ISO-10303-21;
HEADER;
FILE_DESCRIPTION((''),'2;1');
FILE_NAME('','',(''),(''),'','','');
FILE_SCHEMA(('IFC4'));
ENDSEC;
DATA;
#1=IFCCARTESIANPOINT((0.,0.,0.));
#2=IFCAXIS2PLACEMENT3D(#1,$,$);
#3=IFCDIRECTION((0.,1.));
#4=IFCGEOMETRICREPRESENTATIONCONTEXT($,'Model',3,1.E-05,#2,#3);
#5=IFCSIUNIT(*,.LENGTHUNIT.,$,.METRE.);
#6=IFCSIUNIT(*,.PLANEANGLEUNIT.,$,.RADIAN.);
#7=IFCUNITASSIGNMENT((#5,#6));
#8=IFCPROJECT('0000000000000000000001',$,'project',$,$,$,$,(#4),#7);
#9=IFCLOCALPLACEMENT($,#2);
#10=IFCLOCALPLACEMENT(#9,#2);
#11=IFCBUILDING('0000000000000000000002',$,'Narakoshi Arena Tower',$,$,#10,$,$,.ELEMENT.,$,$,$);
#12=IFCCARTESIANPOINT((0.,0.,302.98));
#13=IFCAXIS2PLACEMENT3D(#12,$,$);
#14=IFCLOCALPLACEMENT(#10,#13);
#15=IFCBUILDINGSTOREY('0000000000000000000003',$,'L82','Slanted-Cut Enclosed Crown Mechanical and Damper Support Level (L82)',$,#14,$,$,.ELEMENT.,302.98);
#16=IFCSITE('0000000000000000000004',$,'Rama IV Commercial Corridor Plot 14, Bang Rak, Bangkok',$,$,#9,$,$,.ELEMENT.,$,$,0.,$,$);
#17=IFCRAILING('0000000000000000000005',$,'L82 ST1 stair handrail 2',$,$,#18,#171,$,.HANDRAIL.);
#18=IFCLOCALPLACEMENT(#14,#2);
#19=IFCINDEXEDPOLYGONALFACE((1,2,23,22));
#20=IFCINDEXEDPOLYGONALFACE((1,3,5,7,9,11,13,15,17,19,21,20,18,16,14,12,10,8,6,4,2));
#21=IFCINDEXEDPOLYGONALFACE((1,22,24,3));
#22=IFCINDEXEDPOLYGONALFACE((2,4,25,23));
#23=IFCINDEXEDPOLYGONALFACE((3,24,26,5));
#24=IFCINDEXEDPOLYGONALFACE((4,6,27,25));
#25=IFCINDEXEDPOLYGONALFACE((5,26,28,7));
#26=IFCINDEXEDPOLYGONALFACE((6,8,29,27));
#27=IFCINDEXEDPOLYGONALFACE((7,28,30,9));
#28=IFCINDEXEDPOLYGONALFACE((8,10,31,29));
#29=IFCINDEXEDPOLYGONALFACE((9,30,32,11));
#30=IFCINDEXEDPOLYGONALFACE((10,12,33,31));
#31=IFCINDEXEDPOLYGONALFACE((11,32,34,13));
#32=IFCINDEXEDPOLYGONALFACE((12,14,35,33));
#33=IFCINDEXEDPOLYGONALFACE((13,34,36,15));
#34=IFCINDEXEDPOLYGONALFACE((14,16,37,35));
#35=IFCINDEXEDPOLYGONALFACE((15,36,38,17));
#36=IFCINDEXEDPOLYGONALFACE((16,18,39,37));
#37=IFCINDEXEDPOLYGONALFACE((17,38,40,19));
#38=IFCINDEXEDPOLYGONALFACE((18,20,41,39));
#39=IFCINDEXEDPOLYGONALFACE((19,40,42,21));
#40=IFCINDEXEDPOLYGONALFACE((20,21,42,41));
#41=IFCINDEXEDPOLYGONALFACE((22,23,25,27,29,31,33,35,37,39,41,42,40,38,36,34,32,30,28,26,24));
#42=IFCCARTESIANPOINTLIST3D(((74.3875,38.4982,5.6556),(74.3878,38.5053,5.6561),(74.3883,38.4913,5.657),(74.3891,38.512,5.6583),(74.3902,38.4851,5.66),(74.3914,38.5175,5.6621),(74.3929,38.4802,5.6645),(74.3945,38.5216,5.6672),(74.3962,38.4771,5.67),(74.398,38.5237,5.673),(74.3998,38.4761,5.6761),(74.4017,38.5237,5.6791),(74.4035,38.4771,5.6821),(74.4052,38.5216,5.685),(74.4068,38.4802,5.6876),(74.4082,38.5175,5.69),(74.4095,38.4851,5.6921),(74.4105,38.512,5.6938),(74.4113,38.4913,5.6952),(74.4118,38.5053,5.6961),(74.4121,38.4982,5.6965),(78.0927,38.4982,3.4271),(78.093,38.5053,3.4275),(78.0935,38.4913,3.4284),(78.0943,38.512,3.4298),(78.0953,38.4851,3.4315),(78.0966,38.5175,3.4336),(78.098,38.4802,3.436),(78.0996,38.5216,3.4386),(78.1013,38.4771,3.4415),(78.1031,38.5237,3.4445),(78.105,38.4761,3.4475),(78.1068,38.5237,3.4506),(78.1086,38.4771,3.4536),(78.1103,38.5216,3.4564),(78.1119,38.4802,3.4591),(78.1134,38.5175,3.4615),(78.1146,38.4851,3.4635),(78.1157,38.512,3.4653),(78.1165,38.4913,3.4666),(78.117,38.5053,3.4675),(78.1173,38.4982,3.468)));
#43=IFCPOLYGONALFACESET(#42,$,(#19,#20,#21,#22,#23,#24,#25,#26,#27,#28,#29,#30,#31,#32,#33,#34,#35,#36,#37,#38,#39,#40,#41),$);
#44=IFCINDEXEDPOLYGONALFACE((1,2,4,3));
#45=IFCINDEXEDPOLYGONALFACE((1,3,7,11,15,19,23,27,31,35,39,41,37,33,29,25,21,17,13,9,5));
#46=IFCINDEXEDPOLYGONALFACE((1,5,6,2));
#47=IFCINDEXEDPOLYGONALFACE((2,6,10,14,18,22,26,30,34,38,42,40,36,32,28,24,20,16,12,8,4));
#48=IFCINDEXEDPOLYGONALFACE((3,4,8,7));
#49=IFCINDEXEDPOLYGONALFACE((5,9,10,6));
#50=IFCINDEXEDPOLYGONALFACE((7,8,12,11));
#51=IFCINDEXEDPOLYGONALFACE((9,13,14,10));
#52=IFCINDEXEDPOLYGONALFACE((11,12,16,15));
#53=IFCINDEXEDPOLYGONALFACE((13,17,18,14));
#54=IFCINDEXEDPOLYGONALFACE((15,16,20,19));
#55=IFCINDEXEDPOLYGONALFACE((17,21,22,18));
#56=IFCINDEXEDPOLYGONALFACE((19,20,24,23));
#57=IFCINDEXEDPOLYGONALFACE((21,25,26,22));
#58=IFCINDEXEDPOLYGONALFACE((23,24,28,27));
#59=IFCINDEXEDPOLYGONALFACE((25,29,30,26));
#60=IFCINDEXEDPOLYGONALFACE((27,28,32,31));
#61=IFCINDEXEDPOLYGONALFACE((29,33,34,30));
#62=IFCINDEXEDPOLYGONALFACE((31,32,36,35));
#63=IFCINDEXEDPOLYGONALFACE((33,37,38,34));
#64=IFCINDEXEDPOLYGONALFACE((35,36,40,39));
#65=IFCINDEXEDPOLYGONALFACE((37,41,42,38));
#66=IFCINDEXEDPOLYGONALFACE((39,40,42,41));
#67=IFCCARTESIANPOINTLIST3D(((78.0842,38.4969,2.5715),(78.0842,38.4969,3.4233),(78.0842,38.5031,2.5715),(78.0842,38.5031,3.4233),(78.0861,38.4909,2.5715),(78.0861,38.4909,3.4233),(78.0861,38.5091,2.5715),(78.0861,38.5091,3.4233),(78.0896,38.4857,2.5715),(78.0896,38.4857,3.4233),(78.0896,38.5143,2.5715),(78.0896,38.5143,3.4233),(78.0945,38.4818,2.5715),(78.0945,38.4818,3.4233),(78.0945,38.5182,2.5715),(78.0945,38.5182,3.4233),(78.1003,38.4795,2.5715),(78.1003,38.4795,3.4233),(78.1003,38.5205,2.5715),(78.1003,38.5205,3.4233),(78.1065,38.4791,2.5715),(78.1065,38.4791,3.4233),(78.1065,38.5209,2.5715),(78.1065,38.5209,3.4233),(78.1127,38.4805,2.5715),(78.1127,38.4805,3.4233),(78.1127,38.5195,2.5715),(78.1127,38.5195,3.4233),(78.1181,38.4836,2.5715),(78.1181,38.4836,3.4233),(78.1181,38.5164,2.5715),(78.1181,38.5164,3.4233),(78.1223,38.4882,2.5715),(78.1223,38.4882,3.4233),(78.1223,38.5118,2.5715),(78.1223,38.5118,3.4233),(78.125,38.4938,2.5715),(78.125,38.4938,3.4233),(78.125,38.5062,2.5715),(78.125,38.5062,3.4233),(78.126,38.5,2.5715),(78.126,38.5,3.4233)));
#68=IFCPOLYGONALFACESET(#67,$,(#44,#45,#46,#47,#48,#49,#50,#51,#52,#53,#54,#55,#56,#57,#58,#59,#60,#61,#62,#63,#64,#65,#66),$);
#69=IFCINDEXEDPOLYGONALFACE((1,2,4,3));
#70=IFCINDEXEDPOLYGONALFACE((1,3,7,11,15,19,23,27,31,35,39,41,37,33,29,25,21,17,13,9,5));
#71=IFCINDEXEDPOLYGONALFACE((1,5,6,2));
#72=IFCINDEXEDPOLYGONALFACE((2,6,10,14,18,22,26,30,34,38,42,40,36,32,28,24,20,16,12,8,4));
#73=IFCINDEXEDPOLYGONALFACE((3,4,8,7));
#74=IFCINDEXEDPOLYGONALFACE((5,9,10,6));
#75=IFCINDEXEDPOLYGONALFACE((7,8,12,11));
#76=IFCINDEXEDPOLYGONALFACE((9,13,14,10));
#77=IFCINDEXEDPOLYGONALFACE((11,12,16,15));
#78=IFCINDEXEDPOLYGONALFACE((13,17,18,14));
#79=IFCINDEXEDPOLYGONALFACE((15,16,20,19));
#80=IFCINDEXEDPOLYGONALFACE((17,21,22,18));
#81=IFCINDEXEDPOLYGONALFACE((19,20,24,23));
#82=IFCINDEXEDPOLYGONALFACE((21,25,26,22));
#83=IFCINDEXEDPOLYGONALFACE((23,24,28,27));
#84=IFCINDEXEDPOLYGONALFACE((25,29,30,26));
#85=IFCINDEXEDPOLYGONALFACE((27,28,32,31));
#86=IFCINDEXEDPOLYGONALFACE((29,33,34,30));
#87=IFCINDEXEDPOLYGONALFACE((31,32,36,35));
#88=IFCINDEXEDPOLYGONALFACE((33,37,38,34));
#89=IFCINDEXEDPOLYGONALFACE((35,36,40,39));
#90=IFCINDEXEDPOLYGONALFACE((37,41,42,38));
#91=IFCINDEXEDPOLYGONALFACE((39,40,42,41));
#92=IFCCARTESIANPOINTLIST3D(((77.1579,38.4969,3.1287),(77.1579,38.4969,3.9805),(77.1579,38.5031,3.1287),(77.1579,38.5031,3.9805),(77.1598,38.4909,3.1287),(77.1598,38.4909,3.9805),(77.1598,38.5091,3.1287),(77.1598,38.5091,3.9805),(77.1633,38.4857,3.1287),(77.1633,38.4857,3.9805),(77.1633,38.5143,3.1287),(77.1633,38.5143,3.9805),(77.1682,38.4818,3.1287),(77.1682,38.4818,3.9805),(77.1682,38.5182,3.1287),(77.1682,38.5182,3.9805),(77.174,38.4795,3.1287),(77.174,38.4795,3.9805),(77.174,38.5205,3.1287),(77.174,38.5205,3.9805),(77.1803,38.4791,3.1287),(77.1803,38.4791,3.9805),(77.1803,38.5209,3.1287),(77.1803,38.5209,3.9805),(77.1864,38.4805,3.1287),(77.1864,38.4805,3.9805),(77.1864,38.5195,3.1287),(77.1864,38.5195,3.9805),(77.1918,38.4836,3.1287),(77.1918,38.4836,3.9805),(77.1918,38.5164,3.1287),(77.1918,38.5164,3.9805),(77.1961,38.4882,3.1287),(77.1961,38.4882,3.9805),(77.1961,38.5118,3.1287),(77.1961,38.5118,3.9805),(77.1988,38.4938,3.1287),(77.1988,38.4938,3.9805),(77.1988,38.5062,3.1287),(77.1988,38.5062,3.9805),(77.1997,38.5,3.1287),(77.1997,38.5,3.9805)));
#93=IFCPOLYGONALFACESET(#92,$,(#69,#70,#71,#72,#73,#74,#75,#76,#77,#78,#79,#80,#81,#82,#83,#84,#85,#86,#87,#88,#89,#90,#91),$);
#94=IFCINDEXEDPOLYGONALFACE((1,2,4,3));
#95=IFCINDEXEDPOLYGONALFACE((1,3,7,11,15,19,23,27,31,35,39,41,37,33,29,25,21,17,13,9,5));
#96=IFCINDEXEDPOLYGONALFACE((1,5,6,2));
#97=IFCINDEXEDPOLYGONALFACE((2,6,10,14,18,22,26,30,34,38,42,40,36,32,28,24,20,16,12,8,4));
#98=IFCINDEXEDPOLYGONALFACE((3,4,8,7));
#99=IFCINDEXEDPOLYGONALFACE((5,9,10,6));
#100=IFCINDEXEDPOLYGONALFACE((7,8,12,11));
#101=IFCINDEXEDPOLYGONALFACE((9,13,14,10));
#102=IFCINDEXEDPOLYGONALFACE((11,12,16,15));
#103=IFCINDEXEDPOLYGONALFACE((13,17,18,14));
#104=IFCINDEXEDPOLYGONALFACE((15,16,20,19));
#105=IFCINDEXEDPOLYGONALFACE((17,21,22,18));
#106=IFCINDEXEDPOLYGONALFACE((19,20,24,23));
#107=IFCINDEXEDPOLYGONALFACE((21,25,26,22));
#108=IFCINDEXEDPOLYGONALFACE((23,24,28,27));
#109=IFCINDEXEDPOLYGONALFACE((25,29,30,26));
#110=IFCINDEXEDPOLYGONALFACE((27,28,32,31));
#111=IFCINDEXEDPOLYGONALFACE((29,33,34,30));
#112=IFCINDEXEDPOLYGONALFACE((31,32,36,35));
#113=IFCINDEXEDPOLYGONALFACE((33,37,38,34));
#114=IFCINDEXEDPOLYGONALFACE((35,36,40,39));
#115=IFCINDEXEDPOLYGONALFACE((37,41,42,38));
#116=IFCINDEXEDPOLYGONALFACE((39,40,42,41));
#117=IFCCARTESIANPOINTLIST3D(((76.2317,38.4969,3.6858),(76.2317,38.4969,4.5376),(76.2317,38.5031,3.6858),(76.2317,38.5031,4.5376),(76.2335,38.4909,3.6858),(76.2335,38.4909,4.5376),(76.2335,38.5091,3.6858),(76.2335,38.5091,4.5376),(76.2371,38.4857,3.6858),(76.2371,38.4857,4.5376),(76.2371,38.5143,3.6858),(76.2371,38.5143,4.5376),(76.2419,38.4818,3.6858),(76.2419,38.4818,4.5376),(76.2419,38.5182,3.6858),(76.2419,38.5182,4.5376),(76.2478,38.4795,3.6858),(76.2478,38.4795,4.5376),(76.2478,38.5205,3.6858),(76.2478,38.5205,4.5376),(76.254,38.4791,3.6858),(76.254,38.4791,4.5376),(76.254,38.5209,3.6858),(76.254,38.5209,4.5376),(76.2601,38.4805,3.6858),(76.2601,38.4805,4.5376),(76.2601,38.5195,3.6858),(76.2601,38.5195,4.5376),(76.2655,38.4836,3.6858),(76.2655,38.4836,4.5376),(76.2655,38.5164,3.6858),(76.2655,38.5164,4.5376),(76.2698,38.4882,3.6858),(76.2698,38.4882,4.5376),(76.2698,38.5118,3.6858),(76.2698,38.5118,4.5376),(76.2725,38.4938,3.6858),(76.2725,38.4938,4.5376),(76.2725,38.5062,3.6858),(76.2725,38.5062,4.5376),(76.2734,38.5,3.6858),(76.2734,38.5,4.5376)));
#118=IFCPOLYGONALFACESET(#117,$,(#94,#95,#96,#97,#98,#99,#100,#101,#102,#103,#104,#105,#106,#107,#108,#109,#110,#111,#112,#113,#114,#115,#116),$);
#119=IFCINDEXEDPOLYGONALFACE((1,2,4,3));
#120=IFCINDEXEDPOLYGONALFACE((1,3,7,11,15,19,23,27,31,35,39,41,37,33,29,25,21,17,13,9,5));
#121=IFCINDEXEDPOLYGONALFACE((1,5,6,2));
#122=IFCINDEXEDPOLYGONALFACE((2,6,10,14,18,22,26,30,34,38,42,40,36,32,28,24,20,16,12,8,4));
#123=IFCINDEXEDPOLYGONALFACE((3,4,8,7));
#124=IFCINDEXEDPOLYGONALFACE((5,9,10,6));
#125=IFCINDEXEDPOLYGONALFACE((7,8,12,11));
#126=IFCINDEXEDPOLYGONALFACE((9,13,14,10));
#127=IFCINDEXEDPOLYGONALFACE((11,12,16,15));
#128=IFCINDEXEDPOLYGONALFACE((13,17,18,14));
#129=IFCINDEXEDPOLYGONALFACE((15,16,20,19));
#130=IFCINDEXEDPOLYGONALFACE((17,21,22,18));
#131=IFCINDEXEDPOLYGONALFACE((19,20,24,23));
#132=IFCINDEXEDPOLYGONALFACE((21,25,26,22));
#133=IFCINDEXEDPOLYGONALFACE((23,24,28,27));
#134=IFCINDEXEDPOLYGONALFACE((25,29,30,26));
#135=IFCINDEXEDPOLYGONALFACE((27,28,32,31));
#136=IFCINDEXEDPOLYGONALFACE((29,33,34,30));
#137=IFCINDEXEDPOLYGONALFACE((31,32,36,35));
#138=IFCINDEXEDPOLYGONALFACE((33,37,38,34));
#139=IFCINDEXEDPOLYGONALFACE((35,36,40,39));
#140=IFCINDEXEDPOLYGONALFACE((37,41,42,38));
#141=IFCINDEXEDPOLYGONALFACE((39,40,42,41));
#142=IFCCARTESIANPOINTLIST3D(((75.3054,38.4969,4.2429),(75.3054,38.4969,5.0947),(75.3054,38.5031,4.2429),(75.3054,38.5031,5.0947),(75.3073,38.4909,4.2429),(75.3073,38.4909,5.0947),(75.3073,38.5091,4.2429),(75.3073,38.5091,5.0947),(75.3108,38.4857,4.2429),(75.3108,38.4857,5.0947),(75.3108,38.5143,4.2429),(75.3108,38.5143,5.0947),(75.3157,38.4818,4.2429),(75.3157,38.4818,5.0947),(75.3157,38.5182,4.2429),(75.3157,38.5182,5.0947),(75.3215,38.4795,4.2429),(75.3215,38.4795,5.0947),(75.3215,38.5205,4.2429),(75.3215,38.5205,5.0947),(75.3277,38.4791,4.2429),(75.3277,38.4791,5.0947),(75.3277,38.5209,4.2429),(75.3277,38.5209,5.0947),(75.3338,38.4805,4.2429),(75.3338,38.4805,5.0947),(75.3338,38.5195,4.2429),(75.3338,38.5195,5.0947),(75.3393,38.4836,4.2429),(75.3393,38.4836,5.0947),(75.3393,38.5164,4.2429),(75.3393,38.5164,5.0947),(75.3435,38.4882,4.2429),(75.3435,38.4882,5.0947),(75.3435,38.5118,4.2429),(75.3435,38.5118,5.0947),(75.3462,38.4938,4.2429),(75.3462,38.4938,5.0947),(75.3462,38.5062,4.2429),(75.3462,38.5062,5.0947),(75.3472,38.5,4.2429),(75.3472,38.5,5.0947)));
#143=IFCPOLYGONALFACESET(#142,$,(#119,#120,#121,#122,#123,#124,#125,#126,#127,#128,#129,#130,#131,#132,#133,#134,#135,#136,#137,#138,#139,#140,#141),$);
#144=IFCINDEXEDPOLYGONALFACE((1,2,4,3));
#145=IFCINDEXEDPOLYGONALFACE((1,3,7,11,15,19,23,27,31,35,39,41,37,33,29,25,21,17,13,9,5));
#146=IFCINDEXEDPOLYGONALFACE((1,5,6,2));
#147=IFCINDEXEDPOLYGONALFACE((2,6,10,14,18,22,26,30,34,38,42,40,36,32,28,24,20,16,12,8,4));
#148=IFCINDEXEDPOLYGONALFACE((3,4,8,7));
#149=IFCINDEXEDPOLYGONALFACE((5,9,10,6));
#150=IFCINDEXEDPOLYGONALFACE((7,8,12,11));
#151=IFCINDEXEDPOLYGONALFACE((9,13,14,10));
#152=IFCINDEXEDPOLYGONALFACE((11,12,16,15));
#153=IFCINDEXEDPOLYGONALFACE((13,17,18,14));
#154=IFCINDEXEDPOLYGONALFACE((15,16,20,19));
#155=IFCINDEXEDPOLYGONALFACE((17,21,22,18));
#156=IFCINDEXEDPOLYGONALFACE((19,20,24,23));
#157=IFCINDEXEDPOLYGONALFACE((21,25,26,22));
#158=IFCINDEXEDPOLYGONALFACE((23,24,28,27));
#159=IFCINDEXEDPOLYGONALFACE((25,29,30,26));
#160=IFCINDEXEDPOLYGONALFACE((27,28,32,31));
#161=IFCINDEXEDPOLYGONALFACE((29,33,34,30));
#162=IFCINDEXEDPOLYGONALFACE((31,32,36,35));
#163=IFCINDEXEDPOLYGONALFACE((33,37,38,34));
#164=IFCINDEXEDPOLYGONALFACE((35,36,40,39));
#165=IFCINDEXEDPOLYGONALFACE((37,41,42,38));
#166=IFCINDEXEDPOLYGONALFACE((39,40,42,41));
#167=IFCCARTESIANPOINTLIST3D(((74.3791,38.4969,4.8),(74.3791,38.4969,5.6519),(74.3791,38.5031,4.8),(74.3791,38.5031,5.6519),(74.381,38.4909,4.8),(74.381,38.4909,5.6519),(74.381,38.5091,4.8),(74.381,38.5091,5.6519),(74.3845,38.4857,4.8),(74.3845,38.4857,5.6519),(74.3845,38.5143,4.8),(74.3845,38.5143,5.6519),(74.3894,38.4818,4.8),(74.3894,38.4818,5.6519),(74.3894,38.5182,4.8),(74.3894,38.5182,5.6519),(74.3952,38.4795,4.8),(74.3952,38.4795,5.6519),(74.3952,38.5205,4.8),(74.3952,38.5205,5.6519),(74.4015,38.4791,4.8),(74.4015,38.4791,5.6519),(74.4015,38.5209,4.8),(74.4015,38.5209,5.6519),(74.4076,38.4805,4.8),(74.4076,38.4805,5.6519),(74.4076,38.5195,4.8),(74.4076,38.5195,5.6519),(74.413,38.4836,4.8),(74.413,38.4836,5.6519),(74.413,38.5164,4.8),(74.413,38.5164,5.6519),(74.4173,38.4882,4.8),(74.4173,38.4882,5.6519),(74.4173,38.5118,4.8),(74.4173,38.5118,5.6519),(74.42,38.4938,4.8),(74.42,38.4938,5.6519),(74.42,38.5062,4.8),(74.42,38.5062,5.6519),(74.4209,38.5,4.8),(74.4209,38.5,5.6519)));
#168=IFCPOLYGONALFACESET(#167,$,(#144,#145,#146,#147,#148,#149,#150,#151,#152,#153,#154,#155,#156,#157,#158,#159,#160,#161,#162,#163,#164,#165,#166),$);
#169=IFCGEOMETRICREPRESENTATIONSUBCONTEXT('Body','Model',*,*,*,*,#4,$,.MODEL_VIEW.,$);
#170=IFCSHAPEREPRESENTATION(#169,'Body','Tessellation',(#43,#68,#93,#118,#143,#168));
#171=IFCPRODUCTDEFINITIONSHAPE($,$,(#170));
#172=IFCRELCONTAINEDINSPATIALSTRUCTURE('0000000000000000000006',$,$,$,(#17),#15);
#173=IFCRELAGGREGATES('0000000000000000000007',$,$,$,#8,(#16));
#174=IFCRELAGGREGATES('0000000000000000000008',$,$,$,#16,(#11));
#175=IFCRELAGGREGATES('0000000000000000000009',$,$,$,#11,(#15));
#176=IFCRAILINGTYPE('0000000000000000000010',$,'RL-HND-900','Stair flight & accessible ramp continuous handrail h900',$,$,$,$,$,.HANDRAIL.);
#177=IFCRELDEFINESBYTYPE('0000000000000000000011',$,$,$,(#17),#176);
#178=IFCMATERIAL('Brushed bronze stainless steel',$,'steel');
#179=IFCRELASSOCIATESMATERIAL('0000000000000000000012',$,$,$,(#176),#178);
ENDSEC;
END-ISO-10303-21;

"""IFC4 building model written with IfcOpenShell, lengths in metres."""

from ifc_helpers import new_model, si_unit, direction, frame, origin, origin_2d, place, context, subcontext, project, spatial, circle, extrude, material, type_object, element, save


model = new_model("IFC4")

# Units and contexts
model_context = context("Model", 3, precision=1e-05, world=origin(), true_north=direction((0.0, 1.0)))
body_context = subcontext(model_context, "Body", "Model", "MODEL_VIEW")
ifc_project = project(units=[si_unit("LENGTHUNIT", "METRE"), si_unit("PLANEANGLEUNIT", "RADIAN")], contexts=[model_context])

# Site, building, storey
site_placement = place(None, origin())
site = spatial("IfcSite", under=ifc_project, at=site_placement, Name="Rama IV Commercial Corridor Plot 14, Bang Rak, Bangkok", CompositionType="ELEMENT", RefElevation=0.0)
building_placement = place(site_placement, origin())
building = spatial("IfcBuilding", under=site, at=building_placement, Name="Narakoshi Arena Tower", CompositionType="ELEMENT")
storey_placement = place(building_placement, frame((0.0, 0.0, 302.98)))
storey = spatial("IfcBuildingStorey", under=building, at=storey_placement, Name="L82", Description="Slanted-Cut Enclosed Crown Mechanical and Damper Support Level (L82)", CompositionType="ELEMENT", Elevation=302.98)

# Railing
ifc_material_1 = material(Name="Brushed bronze stainless steel", Category="steel")
railing_type_1 = type_object("IfcRailingType", Name="RL-HND-900", Description="Stair flight & accessible ramp continuous handrail h900", PredefinedType="HANDRAIL", material=ifc_material_1)
railing_1_placement = place(storey_placement, frame((78.105, 38.5, 2.5715)))
element("IfcRailing", 1, at=railing_1_placement, inside=storey, type_object=railing_type_1, Name="L82 ST1 stair handrail 2", PredefinedType="HANDRAIL", context=body_context, shape_type="SweptSolid", body=[
    extrude(circle(Radius=0.0239, at=origin_2d()), frame((0.0, 0.0, 0.876), z_axis=(-0.856934, 0.0, 0.515425), x_axis=(0.0, -1.0, 0.0)), (0.0, 0.0, 1.0), 4.3237),
    extrude(circle(Radius=0.021, at=origin_2d()), origin(), (0.0, 0.0, 1.0), 0.8518),
    extrude(circle(Radius=0.021, at=origin_2d()), frame((-0.9263, 0.0, 0.5571)), (0.0, 0.0, 1.0), 0.8518),
    extrude(circle(Radius=0.021, at=origin_2d()), frame((-1.8525, 0.0, 1.1143)), (0.0, 0.0, 1.0), 0.8518),
    extrude(circle(Radius=0.021, at=origin_2d()), frame((-2.7788, 0.0, 1.6714)), (0.0, 0.0, 1.0), 0.8518),
    extrude(circle(Radius=0.021, at=origin_2d()), frame((-3.7051, 0.0, 2.2285)), (0.0, 0.0, 1.0), 0.8518),
])

save(model, "model.ifc")
